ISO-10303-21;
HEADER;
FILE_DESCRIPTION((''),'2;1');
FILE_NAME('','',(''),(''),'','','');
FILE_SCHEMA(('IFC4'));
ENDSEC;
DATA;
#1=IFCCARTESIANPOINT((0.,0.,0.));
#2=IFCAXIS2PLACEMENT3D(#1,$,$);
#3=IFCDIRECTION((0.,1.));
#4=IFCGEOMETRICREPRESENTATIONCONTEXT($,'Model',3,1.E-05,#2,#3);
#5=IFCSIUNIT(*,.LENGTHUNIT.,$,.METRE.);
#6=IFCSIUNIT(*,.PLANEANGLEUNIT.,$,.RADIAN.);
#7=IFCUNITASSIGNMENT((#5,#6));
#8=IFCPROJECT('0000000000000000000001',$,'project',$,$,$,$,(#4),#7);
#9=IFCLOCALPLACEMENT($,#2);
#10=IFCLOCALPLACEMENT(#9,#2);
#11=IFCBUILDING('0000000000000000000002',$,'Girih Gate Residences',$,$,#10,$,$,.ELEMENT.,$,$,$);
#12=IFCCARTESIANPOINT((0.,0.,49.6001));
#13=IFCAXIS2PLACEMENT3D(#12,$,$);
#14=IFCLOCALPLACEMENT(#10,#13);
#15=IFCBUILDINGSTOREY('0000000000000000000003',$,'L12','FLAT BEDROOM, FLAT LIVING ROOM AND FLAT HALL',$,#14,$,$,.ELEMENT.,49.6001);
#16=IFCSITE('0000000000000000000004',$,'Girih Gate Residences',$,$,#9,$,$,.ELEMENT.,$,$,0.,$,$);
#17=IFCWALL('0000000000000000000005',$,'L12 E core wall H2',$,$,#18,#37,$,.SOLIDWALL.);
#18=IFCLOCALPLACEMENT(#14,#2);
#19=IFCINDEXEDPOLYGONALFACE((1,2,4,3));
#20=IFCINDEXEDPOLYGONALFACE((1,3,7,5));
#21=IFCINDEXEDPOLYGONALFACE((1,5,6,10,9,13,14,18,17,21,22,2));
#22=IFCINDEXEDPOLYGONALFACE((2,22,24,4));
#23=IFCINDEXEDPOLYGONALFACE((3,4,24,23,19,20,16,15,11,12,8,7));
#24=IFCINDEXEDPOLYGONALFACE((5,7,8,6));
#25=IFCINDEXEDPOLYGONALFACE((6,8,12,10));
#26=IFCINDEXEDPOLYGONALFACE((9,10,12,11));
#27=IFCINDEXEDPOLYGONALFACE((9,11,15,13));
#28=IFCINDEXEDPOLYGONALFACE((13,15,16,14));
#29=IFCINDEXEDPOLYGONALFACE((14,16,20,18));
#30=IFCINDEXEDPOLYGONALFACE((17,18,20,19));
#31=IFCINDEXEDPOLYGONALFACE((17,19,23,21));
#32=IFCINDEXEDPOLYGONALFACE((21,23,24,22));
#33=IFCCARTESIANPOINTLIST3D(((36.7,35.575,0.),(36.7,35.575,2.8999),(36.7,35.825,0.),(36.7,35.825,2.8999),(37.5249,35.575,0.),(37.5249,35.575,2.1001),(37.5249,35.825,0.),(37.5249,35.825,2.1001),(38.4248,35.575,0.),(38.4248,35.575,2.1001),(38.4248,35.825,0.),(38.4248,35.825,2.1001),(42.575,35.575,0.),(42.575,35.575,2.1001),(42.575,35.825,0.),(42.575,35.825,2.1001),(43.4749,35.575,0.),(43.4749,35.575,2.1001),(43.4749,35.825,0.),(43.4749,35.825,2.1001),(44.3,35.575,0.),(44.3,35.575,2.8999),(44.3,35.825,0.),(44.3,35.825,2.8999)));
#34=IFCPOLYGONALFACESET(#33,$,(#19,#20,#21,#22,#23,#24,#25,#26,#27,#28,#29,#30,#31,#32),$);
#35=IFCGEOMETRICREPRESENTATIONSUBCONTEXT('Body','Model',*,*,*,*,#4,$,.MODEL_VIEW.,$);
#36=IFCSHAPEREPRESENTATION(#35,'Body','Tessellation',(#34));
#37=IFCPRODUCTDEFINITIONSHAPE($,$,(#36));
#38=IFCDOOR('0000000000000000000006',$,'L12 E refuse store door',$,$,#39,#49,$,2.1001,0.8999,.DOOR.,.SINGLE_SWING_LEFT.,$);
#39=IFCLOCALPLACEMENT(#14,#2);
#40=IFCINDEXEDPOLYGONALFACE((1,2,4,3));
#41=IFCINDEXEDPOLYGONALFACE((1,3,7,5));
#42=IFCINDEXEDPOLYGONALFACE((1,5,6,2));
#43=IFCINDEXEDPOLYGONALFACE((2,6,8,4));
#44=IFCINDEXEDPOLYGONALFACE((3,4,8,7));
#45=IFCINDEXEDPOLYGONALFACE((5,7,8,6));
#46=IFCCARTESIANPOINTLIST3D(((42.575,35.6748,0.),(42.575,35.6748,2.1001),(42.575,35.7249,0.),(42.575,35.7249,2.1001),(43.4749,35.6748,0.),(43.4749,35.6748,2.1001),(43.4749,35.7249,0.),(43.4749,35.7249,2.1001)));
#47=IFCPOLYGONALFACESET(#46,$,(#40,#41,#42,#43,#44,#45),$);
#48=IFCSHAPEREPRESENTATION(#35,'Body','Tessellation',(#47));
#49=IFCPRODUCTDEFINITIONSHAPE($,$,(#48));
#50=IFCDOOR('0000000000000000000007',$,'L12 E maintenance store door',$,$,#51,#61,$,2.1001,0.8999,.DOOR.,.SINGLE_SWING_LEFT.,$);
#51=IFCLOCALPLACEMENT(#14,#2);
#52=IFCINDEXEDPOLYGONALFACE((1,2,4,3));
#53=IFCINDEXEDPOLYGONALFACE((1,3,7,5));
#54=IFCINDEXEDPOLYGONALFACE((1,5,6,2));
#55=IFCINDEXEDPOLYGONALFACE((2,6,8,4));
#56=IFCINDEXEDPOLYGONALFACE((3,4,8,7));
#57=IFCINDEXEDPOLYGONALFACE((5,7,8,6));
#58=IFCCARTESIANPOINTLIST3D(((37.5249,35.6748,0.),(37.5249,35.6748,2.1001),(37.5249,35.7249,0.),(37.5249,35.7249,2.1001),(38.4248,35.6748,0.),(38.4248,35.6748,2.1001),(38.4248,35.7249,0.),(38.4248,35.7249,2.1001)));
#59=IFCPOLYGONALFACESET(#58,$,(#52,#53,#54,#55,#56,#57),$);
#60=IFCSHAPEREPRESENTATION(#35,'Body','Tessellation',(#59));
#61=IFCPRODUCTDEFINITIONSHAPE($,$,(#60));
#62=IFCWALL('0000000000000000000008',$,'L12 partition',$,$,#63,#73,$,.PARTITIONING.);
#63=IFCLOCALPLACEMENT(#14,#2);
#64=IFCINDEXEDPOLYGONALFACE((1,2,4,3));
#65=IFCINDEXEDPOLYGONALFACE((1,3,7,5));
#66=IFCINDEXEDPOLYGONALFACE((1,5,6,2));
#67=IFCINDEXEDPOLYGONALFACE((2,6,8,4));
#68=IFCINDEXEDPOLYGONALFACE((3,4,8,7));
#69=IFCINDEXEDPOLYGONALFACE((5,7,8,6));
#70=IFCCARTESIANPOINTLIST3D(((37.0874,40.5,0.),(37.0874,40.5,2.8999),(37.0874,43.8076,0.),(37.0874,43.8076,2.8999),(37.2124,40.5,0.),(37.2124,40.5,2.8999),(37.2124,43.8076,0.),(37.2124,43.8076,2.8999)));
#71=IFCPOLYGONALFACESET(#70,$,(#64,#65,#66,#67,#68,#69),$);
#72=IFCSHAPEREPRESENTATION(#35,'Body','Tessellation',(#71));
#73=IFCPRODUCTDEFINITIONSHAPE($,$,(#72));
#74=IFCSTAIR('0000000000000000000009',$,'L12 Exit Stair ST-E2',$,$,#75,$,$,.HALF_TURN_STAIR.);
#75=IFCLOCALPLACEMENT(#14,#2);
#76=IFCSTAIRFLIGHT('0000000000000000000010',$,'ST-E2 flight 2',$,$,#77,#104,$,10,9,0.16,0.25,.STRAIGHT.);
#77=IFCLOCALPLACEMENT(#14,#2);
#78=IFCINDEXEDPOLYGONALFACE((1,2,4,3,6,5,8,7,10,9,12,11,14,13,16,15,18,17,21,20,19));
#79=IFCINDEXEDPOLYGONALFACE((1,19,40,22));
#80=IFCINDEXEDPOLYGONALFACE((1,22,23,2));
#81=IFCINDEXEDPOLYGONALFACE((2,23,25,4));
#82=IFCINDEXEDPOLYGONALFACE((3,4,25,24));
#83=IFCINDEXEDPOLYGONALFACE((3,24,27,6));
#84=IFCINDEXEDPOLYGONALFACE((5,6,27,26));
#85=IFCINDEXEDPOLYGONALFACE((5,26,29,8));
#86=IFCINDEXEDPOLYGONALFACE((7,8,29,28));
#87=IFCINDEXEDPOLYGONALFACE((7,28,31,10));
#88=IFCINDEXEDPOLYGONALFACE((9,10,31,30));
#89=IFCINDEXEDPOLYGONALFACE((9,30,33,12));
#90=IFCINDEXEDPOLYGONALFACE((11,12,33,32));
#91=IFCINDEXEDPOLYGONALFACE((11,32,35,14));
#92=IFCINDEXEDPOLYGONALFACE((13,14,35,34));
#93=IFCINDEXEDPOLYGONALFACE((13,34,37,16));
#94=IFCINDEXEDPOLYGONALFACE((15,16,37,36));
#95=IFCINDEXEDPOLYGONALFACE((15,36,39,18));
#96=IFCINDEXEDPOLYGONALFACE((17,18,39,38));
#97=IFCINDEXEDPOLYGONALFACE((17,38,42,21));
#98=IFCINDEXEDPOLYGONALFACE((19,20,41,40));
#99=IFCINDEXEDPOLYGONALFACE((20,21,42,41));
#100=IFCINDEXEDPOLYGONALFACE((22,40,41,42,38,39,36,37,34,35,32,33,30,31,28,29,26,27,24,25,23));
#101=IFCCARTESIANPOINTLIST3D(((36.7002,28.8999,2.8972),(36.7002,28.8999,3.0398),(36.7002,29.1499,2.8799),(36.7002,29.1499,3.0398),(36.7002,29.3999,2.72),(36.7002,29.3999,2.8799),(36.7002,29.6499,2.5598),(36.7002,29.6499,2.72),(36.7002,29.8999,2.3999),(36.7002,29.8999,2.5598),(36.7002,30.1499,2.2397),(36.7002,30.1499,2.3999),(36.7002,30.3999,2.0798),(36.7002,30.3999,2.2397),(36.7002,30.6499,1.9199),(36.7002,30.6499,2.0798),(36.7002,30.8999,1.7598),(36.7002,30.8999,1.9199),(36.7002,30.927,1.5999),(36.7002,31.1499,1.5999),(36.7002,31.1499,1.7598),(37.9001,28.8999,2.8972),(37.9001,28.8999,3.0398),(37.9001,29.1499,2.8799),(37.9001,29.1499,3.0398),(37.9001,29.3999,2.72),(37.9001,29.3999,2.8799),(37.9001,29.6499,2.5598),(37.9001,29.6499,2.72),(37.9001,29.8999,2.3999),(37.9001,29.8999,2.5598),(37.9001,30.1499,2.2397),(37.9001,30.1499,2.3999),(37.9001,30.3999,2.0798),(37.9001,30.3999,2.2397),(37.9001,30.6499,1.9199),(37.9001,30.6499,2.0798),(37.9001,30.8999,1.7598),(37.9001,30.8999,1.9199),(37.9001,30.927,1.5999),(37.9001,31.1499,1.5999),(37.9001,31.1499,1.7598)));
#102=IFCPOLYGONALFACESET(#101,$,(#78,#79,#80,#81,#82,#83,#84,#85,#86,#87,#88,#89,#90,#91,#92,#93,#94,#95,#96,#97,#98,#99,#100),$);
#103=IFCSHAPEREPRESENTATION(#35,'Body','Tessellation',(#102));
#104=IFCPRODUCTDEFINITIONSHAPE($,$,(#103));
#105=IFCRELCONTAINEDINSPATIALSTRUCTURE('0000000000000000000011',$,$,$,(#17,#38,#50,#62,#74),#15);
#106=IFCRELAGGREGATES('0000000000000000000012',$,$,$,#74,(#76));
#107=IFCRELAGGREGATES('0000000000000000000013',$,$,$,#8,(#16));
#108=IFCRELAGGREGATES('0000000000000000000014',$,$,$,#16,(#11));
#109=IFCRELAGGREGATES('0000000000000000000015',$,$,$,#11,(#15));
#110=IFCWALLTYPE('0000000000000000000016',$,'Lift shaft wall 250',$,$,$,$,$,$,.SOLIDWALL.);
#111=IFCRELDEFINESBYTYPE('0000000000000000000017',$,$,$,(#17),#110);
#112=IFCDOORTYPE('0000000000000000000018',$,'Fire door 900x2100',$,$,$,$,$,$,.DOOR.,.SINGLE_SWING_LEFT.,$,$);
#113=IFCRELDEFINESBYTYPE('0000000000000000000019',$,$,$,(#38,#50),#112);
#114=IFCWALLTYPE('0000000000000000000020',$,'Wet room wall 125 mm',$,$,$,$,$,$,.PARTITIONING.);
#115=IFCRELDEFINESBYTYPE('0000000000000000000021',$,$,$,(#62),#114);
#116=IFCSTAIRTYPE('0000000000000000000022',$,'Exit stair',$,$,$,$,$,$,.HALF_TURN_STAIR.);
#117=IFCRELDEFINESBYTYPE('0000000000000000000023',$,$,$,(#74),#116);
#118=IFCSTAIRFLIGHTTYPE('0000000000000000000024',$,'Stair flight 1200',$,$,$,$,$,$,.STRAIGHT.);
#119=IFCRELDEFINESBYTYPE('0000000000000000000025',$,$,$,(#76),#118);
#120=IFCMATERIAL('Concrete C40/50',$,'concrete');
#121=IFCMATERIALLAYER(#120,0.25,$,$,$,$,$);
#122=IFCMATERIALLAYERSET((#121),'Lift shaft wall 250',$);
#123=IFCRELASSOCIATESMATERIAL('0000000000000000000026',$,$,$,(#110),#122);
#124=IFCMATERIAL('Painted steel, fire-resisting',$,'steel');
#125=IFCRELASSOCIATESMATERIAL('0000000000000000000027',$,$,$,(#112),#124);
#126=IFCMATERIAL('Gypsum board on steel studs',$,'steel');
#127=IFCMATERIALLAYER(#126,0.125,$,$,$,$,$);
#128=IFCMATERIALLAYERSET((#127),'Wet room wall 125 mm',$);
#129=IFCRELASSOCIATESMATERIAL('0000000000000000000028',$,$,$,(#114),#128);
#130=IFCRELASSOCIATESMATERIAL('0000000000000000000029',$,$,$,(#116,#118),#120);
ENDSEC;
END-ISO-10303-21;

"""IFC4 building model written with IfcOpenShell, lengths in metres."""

from ifc_helpers import new_model, si_unit, direction, frame, frame_2d, origin, place, context, subcontext, project, spatial, polyline, rectangle, outline, extrude, material, layer, layer_set, type_object, element, fill, aggregate, save


model = new_model("IFC4")

# Units and contexts
model_context = context("Model", 3, precision=1e-05, world=origin(), true_north=direction((0.0, 1.0)))
body_context = subcontext(model_context, "Body", "Model", "MODEL_VIEW")
ifc_project = project(units=[si_unit("LENGTHUNIT", "METRE"), si_unit("PLANEANGLEUNIT", "RADIAN")], contexts=[model_context])

# Site, building, storey
site_placement = place(None, origin())
site = spatial("IfcSite", under=ifc_project, at=site_placement, Name="Girih Gate Residences", CompositionType="ELEMENT", RefElevation=0.0)
building_placement = place(site_placement, origin())
building = spatial("IfcBuilding", under=site, at=building_placement, Name="Girih Gate Residences", CompositionType="ELEMENT")
storey_placement = place(building_placement, frame((0.0, 0.0, 49.6001)))
storey = spatial("IfcBuildingStorey", under=building, at=storey_placement, Name="L12", Description="FLAT BEDROOM, FLAT LIVING ROOM AND FLAT HALL", CompositionType="ELEMENT", Elevation=49.6001)

# Shared definitions
ifc_material_1 = material(Name="Gypsum board on steel studs", Category="steel")

# Shared definitions
ifc_material_2 = material(Name="Concrete C40/50", Category="concrete")
ifc_layer_1 = layer(ifc_material_2, 0.25)
ifc_layer_set_1 = layer_set([ifc_layer_1], Name="Lift shaft wall 250")
wall_type_1 = type_object("IfcWallType", Name="Lift shaft wall 250", PredefinedType="SOLIDWALL", material=ifc_layer_set_1)

# Wall, openings, doors
wall_1_placement = place(storey_placement, frame((36.7, 35.7, 0.0), z_axis=(0.0, 0.0, 1.0), x_axis=(1.0, 0.0, 0.0)))
wall_1 = element("IfcWall", 1, at=wall_1_placement, inside=storey, type_object=wall_type_1, Name="L12 E core wall H2", PredefinedType="SOLIDWALL", context=body_context, shape_type="SweptSolid", body=[
    extrude(rectangle(XDim=7.6001, YDim=0.25, at=frame_2d((3.8, 0.0))), origin(), (0.0, 0.0, 1.0), 2.8999),
])
opening_1_placement = place(wall_1_placement, frame((5.875, 0.0, 0.0)))
opening_1 = element("IfcOpeningElement", 2, at=opening_1_placement, cuts=wall_1, PredefinedType="OPENING", context=body_context, shape_type="SweptSolid", body=[
    extrude(rectangle(XDim=0.8999, YDim=2.1001, at=frame_2d((0.45, 1.05))), frame((0.0, 0.135, 0.0), z_axis=(0.0, -1.0, 0.0), x_axis=(1.0, 0.0, 0.0)), (0.0, 0.0, 1.0), 0.27),
])
opening_2_placement = place(wall_1_placement, frame((0.825, 0.0, 0.0)))
opening_2 = element("IfcOpeningElement", 3, at=opening_2_placement, cuts=wall_1, PredefinedType="OPENING", context=body_context, shape_type="SweptSolid", body=[
    extrude(rectangle(XDim=0.8999, YDim=2.1001, at=frame_2d((0.45, 1.05))), frame((0.0, 0.135, 0.0), z_axis=(0.0, -1.0, 0.0), x_axis=(1.0, 0.0, 0.0)), (0.0, 0.0, 1.0), 0.27),
])
ifc_material_3 = material(Name="Painted steel, fire-resisting", Category="steel")
door_type_1 = type_object("IfcDoorType", Name="Fire door 900x2100", OperationType="SINGLE_SWING_LEFT", PredefinedType="DOOR", material=ifc_material_3)
door_1_placement = place(opening_1_placement, origin())
door_1 = element("IfcDoor", 4, at=door_1_placement, inside=storey, type_object=door_type_1, Name="L12 E refuse store door", OperationType="SINGLE_SWING_LEFT", OverallHeight=2.1001, OverallWidth=0.8999, PredefinedType="DOOR", context=body_context, shape_type="SweptSolid", body=[
    extrude(rectangle(XDim=0.8999, YDim=2.1001, at=frame_2d((0.45, 1.05))), frame((0.0, 0.0249, 0.0), z_axis=(0.0, -1.0, 0.0), x_axis=(1.0, 0.0, 0.0)), (0.0, 0.0, 1.0), 0.05),
])
fill(opening_1, door_1)
door_2_placement = place(opening_2_placement, origin())
door_2 = element("IfcDoor", 5, at=door_2_placement, inside=storey, type_object=door_type_1, Name="L12 E maintenance store door", OperationType="SINGLE_SWING_LEFT", OverallHeight=2.1001, OverallWidth=0.8999, PredefinedType="DOOR", context=body_context, shape_type="SweptSolid", body=[
    extrude(rectangle(XDim=0.8999, YDim=2.1001, at=frame_2d((0.45, 1.05))), frame((0.0, 0.0249, 0.0), z_axis=(0.0, -1.0, 0.0), x_axis=(1.0, 0.0, 0.0)), (0.0, 0.0, 1.0), 0.05),
])
fill(opening_2, door_2)

# Wall
ifc_layer_2 = layer(ifc_material_1, 0.125)
ifc_layer_set_2 = layer_set([ifc_layer_2], Name="Wet room wall 125 mm")
wall_type_2 = type_object("IfcWallType", Name="Wet room wall 125 mm", PredefinedType="PARTITIONING", material=ifc_layer_set_2)
wall_2_placement = place(storey_placement, frame((37.1499, 40.5, 0.0), z_axis=(0.0, 0.0, 1.0), x_axis=(0.0, 1.0, 0.0)))
element("IfcWall", 6, at=wall_2_placement, inside=storey, type_object=wall_type_2, Name="L12 partition", PredefinedType="PARTITIONING", context=body_context, shape_type="SweptSolid", body=[
    extrude(rectangle(XDim=3.3076, YDim=0.125, at=frame_2d((1.6538, 0.0))), origin(), (0.0, 0.0, 1.0), 2.8999),
])

# Stair, stair flight
stair_type = type_object("IfcStairType", Name="Exit stair", PredefinedType="HALF_TURN_STAIR", material=ifc_material_2)
stair_placement = place(storey_placement, origin())
stair = element("IfcStair", 7, at=stair_placement, inside=storey, type_object=stair_type, Name="L12 Exit Stair ST-E2", PredefinedType="HALF_TURN_STAIR")
stair_flight_type = type_object("IfcStairFlightType", Name="Stair flight 1200", PredefinedType="STRAIGHT", material=ifc_material_2)
stair_flight_placement = place(storey_placement, frame((37.3, 31.1499, 1.5999), z_axis=(0.0, 0.0, 1.0), x_axis=(0.0, -1.0, 0.0)))
stair_flight = element("IfcStairFlight", 8, at=stair_flight_placement, type_object=stair_flight_type, Name="ST-E2 flight 2", NumberOfRisers=10, NumberOfTreads=9, PredefinedType="STRAIGHT", RiserHeight=0.16, TreadLength=0.25, context=body_context, shape_type="SweptSolid", body=[
    extrude(outline(polyline([(0.0, 0.0), (0.0, 0.1599), (0.25, 0.1599), (0.25, 0.3201), (0.5, 0.3201), (0.5, 0.48), (0.75, 0.48), (0.75, 0.6399), (1.0, 0.6399), (1.0, 0.8), (1.25, 0.8), (1.25, 0.96), (1.5, 0.96), (1.5, 1.1201), (1.75, 1.1201), (1.75, 1.28), (2.0, 1.28), (2.0, 1.4399), (2.25, 1.4399), (2.25, 1.6001), (2.25, 1.2974), (0.2229, 0.0), (0.0, 0.0)])), frame((0.0, 0.6001, 0.0), z_axis=(0.0, -1.0, 0.0), x_axis=(1.0, 0.0, 0.0)), (0.0, 0.0, 1.0), 1.2),
])
aggregate(stair, [stair_flight])

save(model, "model.ifc")
